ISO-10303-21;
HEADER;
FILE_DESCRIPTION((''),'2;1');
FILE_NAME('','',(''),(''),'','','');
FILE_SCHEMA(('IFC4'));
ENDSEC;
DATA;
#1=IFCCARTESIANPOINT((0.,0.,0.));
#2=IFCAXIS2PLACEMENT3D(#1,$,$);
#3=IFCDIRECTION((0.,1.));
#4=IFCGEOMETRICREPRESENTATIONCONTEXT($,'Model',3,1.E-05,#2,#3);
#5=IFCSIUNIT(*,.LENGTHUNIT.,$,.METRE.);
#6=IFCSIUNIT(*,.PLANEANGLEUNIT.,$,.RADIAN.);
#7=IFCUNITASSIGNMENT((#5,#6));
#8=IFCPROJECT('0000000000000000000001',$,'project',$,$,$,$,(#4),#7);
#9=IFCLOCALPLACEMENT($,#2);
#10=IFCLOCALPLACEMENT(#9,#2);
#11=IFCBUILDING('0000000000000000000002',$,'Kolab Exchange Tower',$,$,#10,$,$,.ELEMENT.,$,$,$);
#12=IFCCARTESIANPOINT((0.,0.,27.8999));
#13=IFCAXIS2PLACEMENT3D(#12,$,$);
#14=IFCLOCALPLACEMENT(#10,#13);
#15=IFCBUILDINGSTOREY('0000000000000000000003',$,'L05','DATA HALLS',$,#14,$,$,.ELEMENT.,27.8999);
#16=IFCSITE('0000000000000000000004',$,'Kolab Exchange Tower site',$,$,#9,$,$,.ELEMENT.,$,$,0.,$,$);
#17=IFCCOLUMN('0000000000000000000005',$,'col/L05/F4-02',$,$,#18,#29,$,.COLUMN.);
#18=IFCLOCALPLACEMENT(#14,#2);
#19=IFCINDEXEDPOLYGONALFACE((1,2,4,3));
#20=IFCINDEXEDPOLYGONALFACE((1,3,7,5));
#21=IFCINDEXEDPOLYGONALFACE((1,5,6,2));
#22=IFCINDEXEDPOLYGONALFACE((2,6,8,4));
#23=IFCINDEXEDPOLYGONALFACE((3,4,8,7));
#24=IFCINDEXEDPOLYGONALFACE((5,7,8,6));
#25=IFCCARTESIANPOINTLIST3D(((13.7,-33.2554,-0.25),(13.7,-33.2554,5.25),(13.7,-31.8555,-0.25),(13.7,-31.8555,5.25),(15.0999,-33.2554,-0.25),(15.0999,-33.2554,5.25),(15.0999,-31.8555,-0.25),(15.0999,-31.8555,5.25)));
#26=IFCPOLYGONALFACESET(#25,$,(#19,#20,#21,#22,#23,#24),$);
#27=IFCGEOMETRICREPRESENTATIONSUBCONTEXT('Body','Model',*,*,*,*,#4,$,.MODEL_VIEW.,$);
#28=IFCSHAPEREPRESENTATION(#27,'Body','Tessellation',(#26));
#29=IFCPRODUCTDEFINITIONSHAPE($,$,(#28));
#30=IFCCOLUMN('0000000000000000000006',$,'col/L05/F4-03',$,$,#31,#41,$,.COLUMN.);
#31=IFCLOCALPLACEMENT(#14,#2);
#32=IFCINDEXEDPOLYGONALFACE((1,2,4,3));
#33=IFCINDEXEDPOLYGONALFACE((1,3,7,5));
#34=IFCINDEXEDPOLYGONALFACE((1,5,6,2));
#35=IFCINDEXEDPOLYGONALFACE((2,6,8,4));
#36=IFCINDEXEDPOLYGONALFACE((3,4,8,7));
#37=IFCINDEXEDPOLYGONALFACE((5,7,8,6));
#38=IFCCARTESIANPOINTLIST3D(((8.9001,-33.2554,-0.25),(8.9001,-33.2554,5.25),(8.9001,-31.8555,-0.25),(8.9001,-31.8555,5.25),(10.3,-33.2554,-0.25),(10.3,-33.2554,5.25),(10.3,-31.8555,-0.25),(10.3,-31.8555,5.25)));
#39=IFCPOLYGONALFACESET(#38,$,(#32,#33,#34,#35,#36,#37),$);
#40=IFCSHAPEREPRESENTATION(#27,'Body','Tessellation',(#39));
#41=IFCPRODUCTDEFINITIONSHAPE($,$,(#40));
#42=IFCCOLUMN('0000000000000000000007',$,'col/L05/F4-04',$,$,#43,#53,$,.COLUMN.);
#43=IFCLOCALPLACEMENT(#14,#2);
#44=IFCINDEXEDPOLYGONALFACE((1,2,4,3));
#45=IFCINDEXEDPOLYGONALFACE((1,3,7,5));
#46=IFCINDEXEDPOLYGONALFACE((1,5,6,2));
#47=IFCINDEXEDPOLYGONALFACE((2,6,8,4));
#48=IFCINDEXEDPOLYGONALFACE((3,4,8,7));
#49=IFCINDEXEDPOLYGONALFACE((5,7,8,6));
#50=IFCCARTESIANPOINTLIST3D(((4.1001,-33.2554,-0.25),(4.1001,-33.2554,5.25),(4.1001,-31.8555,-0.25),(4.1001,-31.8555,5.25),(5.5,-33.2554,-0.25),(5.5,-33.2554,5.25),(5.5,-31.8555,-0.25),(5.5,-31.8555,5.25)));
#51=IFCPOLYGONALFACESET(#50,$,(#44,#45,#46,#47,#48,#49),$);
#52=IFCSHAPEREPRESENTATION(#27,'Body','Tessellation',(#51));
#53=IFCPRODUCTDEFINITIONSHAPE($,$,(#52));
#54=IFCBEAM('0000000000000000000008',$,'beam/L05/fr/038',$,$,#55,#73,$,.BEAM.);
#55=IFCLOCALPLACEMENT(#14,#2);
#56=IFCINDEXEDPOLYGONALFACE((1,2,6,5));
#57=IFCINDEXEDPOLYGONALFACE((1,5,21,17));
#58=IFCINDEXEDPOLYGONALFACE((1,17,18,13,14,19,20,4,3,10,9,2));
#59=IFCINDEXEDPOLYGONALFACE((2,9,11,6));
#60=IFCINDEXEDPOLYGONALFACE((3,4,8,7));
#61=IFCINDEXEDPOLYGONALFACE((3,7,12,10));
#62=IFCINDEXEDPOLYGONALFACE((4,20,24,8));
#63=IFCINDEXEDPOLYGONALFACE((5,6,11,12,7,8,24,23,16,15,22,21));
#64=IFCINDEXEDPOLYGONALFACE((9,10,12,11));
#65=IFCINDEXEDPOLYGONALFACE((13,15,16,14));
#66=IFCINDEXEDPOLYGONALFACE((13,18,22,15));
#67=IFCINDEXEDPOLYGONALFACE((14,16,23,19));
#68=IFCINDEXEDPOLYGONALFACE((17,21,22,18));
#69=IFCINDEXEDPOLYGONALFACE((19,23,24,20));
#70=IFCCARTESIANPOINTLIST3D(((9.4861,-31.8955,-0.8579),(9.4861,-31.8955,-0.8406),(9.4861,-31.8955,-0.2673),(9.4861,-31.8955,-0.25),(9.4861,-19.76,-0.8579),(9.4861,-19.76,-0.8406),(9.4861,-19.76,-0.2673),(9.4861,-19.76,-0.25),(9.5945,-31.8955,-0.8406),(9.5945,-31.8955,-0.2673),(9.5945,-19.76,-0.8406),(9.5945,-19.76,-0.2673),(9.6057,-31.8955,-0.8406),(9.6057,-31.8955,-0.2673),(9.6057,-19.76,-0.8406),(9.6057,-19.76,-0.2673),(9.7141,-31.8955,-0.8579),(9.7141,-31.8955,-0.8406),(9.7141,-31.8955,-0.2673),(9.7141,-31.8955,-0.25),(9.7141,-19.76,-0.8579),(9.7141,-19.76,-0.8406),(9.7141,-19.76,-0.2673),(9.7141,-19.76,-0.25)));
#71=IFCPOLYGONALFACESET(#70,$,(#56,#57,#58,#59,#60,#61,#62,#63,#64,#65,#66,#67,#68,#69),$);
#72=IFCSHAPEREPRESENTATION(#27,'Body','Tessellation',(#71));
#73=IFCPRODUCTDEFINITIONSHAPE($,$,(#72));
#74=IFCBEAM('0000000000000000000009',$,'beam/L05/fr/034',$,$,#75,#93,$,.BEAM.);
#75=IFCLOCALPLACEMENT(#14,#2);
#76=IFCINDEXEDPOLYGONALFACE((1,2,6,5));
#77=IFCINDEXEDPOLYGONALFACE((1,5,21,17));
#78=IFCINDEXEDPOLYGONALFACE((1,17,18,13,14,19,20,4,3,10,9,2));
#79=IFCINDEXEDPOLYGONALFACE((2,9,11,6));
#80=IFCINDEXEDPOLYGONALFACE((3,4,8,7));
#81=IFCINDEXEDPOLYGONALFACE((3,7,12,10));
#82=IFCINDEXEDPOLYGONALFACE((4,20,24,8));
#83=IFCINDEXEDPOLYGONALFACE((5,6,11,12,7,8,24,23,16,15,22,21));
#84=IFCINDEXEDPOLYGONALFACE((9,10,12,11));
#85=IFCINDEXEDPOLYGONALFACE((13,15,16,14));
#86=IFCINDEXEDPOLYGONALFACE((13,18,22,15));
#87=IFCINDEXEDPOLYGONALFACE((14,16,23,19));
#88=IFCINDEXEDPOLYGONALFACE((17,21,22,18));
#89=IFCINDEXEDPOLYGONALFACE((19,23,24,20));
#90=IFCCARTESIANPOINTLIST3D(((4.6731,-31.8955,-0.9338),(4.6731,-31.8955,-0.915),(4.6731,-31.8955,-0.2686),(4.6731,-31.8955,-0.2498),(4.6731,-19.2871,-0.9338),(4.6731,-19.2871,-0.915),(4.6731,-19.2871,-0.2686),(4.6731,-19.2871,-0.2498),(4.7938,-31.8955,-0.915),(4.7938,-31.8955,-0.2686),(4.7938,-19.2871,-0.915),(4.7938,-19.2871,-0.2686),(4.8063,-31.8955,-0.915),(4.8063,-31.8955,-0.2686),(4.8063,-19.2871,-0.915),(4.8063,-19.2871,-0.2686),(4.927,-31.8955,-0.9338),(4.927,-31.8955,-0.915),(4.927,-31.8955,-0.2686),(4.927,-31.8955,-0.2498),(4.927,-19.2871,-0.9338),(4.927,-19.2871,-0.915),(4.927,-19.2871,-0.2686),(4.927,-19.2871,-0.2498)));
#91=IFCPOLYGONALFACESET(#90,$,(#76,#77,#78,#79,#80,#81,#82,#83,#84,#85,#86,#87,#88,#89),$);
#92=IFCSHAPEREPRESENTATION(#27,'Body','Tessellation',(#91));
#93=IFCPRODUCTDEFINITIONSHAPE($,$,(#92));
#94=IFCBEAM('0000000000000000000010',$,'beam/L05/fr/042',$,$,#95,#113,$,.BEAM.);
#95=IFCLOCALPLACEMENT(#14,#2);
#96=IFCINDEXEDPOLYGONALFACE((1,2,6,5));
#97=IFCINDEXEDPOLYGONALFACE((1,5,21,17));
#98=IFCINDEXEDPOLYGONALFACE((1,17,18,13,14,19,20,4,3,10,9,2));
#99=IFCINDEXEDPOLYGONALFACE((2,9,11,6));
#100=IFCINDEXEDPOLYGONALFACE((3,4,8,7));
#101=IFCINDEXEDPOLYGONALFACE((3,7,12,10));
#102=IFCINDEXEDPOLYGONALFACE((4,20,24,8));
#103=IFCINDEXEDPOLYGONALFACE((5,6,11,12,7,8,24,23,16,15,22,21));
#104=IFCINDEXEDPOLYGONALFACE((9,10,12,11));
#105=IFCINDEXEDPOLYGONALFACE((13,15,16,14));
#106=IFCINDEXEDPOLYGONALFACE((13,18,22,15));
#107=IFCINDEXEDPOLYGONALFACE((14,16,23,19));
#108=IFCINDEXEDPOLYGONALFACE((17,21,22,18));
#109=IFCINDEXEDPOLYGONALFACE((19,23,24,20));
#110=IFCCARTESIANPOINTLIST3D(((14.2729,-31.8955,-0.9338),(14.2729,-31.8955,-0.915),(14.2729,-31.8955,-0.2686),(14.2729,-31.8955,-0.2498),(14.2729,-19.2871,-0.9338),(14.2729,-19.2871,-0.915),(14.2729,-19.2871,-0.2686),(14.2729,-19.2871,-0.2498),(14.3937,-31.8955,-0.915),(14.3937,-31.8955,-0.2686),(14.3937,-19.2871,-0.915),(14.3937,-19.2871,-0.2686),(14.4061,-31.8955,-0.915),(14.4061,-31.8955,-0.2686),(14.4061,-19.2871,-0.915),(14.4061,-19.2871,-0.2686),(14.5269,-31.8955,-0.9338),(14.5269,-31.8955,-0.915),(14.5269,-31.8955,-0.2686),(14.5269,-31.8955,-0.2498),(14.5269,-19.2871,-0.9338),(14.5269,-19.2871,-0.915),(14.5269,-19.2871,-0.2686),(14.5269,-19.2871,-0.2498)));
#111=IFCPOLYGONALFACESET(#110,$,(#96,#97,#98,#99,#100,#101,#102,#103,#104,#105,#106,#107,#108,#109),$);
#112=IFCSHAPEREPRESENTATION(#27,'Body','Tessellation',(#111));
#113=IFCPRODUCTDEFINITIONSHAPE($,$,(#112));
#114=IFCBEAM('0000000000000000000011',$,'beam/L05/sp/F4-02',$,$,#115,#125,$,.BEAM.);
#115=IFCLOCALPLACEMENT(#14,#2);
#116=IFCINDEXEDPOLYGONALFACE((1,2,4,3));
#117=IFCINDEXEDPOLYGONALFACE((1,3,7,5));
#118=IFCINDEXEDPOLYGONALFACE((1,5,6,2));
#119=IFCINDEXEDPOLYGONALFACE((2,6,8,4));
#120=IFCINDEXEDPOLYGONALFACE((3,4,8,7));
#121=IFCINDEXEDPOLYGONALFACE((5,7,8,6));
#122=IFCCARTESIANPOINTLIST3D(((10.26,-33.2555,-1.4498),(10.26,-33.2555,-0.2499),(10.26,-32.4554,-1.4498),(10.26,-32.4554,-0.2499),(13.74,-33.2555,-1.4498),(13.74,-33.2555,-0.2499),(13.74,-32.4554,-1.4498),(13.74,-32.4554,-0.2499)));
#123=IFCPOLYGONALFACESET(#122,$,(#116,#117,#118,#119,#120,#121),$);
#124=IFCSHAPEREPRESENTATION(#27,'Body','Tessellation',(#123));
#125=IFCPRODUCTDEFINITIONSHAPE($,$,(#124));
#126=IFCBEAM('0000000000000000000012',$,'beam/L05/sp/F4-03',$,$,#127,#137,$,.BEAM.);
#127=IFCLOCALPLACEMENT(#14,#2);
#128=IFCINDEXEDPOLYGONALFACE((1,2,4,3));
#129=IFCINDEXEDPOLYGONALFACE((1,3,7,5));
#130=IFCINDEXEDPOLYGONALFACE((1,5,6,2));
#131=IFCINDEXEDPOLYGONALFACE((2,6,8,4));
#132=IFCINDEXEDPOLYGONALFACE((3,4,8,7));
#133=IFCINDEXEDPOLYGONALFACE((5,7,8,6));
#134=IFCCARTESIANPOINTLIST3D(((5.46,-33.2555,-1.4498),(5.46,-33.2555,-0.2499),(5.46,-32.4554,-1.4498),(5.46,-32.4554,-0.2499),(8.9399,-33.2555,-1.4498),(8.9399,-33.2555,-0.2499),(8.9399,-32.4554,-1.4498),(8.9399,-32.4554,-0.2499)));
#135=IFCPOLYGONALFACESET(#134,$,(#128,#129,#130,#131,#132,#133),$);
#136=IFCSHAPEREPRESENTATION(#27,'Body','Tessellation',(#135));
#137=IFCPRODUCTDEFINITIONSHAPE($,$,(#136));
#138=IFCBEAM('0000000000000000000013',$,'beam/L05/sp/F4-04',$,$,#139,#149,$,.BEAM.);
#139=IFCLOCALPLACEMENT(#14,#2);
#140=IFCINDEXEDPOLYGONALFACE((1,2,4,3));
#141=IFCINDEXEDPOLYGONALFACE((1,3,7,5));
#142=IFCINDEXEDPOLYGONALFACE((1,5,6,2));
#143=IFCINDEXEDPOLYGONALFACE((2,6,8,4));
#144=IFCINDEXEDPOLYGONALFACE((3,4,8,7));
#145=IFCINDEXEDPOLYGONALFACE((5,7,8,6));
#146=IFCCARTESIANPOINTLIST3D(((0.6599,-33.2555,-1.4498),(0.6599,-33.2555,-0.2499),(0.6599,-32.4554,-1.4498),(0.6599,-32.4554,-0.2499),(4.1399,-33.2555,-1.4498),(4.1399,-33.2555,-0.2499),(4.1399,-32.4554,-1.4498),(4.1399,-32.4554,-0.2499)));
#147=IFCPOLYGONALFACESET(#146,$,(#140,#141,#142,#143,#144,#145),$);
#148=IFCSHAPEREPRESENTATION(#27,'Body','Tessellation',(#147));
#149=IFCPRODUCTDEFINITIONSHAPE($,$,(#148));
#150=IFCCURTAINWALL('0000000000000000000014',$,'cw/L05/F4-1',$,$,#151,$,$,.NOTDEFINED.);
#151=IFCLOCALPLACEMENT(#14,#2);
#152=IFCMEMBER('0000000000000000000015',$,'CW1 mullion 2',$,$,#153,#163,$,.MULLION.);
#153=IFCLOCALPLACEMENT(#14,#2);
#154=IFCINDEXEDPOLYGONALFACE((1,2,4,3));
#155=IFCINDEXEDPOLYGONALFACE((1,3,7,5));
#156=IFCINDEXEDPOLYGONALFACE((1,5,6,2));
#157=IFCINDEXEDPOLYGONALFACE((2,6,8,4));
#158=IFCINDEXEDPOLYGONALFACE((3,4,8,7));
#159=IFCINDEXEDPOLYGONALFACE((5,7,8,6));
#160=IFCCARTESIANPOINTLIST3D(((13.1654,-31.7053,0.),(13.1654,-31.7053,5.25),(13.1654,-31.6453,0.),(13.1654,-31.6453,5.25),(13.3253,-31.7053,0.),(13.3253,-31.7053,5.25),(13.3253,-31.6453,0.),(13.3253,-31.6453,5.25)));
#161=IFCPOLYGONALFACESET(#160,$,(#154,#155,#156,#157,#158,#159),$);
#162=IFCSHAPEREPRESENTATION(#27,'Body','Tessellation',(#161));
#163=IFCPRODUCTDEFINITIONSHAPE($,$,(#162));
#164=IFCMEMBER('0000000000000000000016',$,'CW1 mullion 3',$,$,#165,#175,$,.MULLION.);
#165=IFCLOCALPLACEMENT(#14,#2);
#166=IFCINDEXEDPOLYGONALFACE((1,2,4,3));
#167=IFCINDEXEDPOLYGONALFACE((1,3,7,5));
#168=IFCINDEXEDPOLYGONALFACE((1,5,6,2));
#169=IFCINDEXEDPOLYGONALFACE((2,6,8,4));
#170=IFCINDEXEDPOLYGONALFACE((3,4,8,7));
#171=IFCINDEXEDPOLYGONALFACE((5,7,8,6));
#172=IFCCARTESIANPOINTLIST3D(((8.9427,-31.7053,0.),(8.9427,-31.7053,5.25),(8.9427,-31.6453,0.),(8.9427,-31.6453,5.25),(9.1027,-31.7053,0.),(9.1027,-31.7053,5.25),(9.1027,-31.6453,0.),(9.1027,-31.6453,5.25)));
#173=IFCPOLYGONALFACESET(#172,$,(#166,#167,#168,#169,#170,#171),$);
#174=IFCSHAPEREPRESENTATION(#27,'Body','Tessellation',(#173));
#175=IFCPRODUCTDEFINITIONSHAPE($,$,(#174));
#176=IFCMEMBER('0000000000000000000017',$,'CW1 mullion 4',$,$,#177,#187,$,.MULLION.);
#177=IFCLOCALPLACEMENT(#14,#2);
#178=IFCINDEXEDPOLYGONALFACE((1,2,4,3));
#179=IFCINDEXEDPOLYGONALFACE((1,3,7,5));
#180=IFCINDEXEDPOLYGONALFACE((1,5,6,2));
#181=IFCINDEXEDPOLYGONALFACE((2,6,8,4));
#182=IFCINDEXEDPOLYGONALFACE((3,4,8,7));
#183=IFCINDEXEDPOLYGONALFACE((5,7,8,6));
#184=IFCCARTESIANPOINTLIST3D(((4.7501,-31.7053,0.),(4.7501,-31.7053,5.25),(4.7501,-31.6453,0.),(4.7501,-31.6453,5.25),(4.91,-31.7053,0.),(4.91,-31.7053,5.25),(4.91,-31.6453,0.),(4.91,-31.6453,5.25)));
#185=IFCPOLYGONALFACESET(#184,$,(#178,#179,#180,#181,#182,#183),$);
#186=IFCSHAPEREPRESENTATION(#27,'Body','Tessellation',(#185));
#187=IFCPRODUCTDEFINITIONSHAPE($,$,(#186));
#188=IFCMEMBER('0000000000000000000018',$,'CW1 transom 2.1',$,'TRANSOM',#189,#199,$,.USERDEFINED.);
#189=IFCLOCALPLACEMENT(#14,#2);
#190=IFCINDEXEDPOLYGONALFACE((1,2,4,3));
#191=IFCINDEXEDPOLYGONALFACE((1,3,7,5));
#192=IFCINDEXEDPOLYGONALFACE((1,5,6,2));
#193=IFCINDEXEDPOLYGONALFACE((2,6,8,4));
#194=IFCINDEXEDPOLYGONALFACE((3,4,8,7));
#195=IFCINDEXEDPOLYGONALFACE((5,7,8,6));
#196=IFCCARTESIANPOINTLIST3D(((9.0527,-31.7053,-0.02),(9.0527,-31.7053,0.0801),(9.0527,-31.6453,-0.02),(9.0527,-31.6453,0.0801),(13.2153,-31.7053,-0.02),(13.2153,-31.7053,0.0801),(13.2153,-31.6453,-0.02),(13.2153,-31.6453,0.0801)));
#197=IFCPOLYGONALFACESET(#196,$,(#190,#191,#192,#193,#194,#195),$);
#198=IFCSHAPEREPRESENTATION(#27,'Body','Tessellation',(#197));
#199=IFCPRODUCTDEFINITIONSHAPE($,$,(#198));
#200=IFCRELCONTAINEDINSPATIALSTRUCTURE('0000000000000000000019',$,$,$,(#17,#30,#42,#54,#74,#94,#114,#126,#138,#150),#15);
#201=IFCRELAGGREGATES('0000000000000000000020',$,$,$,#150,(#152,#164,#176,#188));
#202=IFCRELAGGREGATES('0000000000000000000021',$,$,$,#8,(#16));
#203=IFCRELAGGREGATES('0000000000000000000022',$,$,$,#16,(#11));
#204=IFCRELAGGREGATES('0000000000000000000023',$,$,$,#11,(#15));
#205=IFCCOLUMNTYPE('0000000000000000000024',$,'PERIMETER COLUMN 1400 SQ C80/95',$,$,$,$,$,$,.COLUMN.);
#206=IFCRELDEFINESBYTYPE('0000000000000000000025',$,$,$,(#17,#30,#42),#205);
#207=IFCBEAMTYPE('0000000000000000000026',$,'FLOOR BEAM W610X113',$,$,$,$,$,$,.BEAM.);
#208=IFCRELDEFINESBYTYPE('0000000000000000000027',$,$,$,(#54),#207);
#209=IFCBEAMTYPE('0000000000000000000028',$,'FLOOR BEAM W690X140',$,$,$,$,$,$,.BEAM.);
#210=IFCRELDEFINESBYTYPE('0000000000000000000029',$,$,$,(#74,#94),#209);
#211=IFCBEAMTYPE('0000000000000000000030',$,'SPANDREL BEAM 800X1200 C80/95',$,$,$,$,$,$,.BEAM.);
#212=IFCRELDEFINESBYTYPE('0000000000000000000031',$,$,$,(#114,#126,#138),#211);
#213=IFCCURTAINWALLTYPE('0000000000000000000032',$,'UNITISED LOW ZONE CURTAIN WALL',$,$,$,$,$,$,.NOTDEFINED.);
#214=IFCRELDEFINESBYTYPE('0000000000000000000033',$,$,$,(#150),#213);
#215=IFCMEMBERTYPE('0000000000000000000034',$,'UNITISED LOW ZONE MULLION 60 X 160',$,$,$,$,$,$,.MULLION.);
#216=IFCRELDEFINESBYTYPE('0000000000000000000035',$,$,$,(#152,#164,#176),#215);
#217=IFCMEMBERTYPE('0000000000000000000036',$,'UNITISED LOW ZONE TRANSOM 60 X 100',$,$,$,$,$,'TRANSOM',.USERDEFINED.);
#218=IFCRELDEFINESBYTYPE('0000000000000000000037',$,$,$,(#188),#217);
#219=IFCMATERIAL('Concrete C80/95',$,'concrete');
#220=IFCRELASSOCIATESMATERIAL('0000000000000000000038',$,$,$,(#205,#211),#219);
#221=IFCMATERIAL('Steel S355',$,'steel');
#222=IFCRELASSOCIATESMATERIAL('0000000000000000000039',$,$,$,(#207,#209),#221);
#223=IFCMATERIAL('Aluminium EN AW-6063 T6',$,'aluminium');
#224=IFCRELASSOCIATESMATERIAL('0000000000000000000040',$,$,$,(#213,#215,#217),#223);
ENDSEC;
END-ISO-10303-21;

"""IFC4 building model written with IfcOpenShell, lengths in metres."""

from ifc_helpers import new_model, si_unit, direction, frame, origin, origin_2d, place, context, subcontext, project, spatial, rectangle, i_section, extrude, material, material_profile, profile_set, type_object, element, aggregate, save


model = new_model("IFC4")

# Units and contexts
model_context = context("Model", 3, precision=1e-05, world=origin(), true_north=direction((0.0, 1.0)))
body_context = subcontext(model_context, "Body", "Model", "MODEL_VIEW")
ifc_project = project(units=[si_unit("LENGTHUNIT", "METRE"), si_unit("PLANEANGLEUNIT", "RADIAN")], contexts=[model_context])

# Site, building, storey
site_placement = place(None, origin())
site = spatial("IfcSite", under=ifc_project, at=site_placement, Name="Kolab Exchange Tower site", CompositionType="ELEMENT", RefElevation=0.0)
building_placement = place(site_placement, origin())
building = spatial("IfcBuilding", under=site, at=building_placement, Name="Kolab Exchange Tower", CompositionType="ELEMENT")
storey_placement = place(building_placement, frame((0.0, 0.0, 27.8999)))
storey = spatial("IfcBuildingStorey", under=building, at=storey_placement, Name="L05", Description="DATA HALLS", CompositionType="ELEMENT", Elevation=27.8999)

# Columns
ifc_material_1 = material(Name="Concrete C80/95", Category="concrete")
ifc_material_profile_1 = material_profile(ifc_material_1, rectangle(XDim=1.3999, YDim=1.3999, at=origin_2d()), Name="RC1400")
ifc_profile_set_1 = profile_set([ifc_material_profile_1], Name="Concrete C80/95")
column_type = type_object("IfcColumnType", Name="PERIMETER COLUMN 1400 SQ C80/95", PredefinedType="COLUMN", material=ifc_profile_set_1)
for number, where, z_axis, x_axis, name in (
    (1, (14.3999, -32.5554, -0.25), (0.0, 0.0, 1.0), (1.0, 0.0, 0.0), "col/L05/F4-02"),
    (2, (9.6001, -32.5554, -0.25), (0.0, 0.0, 1.0), (1.0, 0.0, 0.0), "col/L05/F4-03"),
    (3, (4.8, -32.5554, -0.25), (0.0, 0.0, 1.0), (1.0, 0.0, 0.0), "col/L05/F4-04"),
):
    element("IfcColumn", number, at=place(storey_placement, frame(where, z_axis=z_axis, x_axis=x_axis)), inside=storey, type_object=column_type, Name=name, PredefinedType="COLUMN", context=body_context, shape_type="SweptSolid", body=[
        extrude(rectangle(XDim=1.3999, YDim=1.3999, at=origin_2d()), origin(), (0.0, 0.0, 1.0), 5.5),
    ])

# Beams
ifc_material_2 = material(Name="Steel S355", Category="steel")
ifc_material_profile_2 = material_profile(ifc_material_2, i_section(OverallWidth=0.228, OverallDepth=0.6079, WebThickness=0.0112, FlangeThickness=0.0173, at=origin_2d()), Name="W610X113")
ifc_profile_set_2 = profile_set([ifc_material_profile_2], Name="Steel S355")
beam_type_1 = type_object("IfcBeamType", Name="FLOOR BEAM W610X113", PredefinedType="BEAM", material=ifc_profile_set_2)
beam_placement = place(storey_placement, frame((9.6001, -31.8955, -0.554), z_axis=(0.0, 1.0, 0.0), x_axis=(-1.0, 0.0, 0.0)))
element("IfcBeam", 4, at=beam_placement, inside=storey, type_object=beam_type_1, Name="beam/L05/fr/038", PredefinedType="BEAM", context=body_context, shape_type="SweptSolid", body=[
    extrude(i_section(OverallWidth=0.228, OverallDepth=0.6079, WebThickness=0.0112, FlangeThickness=0.0173, at=origin_2d()), origin(), (0.0, 0.0, 1.0), 12.1355),
])
ifc_material_profile_3 = material_profile(ifc_material_2, i_section(OverallWidth=0.2539, OverallDepth=0.6841, WebThickness=0.0125, FlangeThickness=0.0188, at=origin_2d()), Name="W690X140")
ifc_profile_set_3 = profile_set([ifc_material_profile_3], Name="Steel S355")
beam_type_2 = type_object("IfcBeamType", Name="FLOOR BEAM W690X140", PredefinedType="BEAM", material=ifc_profile_set_3)
for number, where, z_axis, x_axis, name in (
    (5, (4.8, -31.8955, -0.5918), (0.0, 1.0, 0.0), (-1.0, 0.0, 0.0), "beam/L05/fr/034"),
    (6, (14.3999, -31.8955, -0.5918), (0.0, 1.0, 0.0), (-1.0, 0.0, 0.0), "beam/L05/fr/042"),
):
    element("IfcBeam", number, at=place(storey_placement, frame(where, z_axis=z_axis, x_axis=x_axis)), inside=storey, type_object=beam_type_2, Name=name, PredefinedType="BEAM", context=body_context, shape_type="SweptSolid", body=[
        extrude(i_section(OverallWidth=0.2539, OverallDepth=0.6841, WebThickness=0.0125, FlangeThickness=0.0188, at=origin_2d()), origin(), (0.0, 0.0, 1.0), 12.6084),
    ])
ifc_material_profile_4 = material_profile(ifc_material_1, rectangle(XDim=0.8, YDim=1.2, at=origin_2d()), Name="RC800X1200")
ifc_profile_set_4 = profile_set([ifc_material_profile_4], Name="Concrete C80/95")
beam_type_3 = type_object("IfcBeamType", Name="SPANDREL BEAM 800X1200 C80/95", PredefinedType="BEAM", material=ifc_profile_set_4)
for number, where, z_axis, x_axis, name in (
    (7, (13.74, -32.8555, -0.8499), (-1.0, 0.0, 0.0), (0.0, -1.0, 0.0), "beam/L05/sp/F4-02"),
    (8, (8.9399, -32.8555, -0.8499), (-1.0, 0.0, 0.0), (0.0, -1.0, 0.0), "beam/L05/sp/F4-03"),
    (9, (4.1399, -32.8555, -0.8499), (-1.0, 0.0, 0.0), (0.0, -1.0, 0.0), "beam/L05/sp/F4-04"),
):
    element("IfcBeam", number, at=place(storey_placement, frame(where, z_axis=z_axis, x_axis=x_axis)), inside=storey, type_object=beam_type_3, Name=name, PredefinedType="BEAM", context=body_context, shape_type="SweptSolid", body=[
        extrude(rectangle(XDim=0.8, YDim=1.2, at=origin_2d()), origin(), (0.0, 0.0, 1.0), 3.48),
    ])

# Curtain wall, members
ifc_material_3 = material(Name="Aluminium EN AW-6063 T6", Category="aluminium")
curtain_wall_type = type_object("IfcCurtainWallType", Name="UNITISED LOW ZONE CURTAIN WALL", PredefinedType="NOTDEFINED", material=ifc_material_3)
curtain_wall_placement = place(storey_placement, origin())
curtain_wall = element("IfcCurtainWall", 10, at=curtain_wall_placement, inside=storey, type_object=curtain_wall_type, Name="cw/L05/F4-1", PredefinedType="NOTDEFINED")
ifc_material_profile_5 = material_profile(ifc_material_3, rectangle(XDim=0.0601, YDim=0.1599, at=origin_2d()), Name="RECT 60X160")
ifc_profile_set_5 = profile_set([ifc_material_profile_5], Name="Aluminium EN AW-6063 T6")
member_type_1 = type_object("IfcMemberType", Name="UNITISED LOW ZONE MULLION 60 X 160", PredefinedType="MULLION", material=ifc_profile_set_5)
member_1_placement = place(storey_placement, frame((13.2454, -31.6753, 0.0), z_axis=(0.0, 0.0, 1.0), x_axis=(0.0, -1.0, 0.0)))
member_1 = element("IfcMember", 11, at=member_1_placement, type_object=member_type_1, Name="CW1 mullion 2", PredefinedType="MULLION", context=body_context, shape_type="SweptSolid", body=[
    extrude(rectangle(XDim=0.0601, YDim=0.1599, at=origin_2d()), origin(), (0.0, 0.0, 1.0), 5.25),
])
member_2_placement = place(storey_placement, frame((9.0227, -31.6753, 0.0), z_axis=(0.0, 0.0, 1.0), x_axis=(0.0, -1.0, 0.0)))
member_2 = element("IfcMember", 12, at=member_2_placement, type_object=member_type_1, Name="CW1 mullion 3", PredefinedType="MULLION", context=body_context, shape_type="SweptSolid", body=[
    extrude(rectangle(XDim=0.0601, YDim=0.1599, at=origin_2d()), origin(), (0.0, 0.0, 1.0), 5.25),
])
member_3_placement = place(storey_placement, frame((4.8301, -31.6753, 0.0), z_axis=(0.0, 0.0, 1.0), x_axis=(0.0, -1.0, 0.0)))
member_3 = element("IfcMember", 13, at=member_3_placement, type_object=member_type_1, Name="CW1 mullion 4", PredefinedType="MULLION", context=body_context, shape_type="SweptSolid", body=[
    extrude(rectangle(XDim=0.0601, YDim=0.1599, at=origin_2d()), origin(), (0.0, 0.0, 1.0), 5.25),
])
ifc_material_profile_6 = material_profile(ifc_material_3, rectangle(XDim=0.0601, YDim=0.1001, at=origin_2d()), Name="RECT 60X100")
ifc_profile_set_6 = profile_set([ifc_material_profile_6], Name="Aluminium EN AW-6063 T6")
member_type_2 = type_object("IfcMemberType", Name="UNITISED LOW ZONE TRANSOM 60 X 100", ElementType="TRANSOM", PredefinedType="USERDEFINED", material=ifc_profile_set_6)
member_4_placement = place(storey_placement, frame((13.2153, -31.6753, 0.03), z_axis=(-1.0, 0.0, 0.0), x_axis=(0.0, -1.0, 0.0)))
member_4 = element("IfcMember", 14, at=member_4_placement, type_object=member_type_2, Name="CW1 transom 2.1", ObjectType="TRANSOM", PredefinedType="USERDEFINED", context=body_context, shape_type="SweptSolid", body=[
    extrude(rectangle(XDim=0.0601, YDim=0.1001, at=origin_2d()), origin(), (0.0, 0.0, 1.0), 4.1626),
])
aggregate(curtain_wall, [member_1, member_2, member_3, member_4])

save(model, "model.ifc")
